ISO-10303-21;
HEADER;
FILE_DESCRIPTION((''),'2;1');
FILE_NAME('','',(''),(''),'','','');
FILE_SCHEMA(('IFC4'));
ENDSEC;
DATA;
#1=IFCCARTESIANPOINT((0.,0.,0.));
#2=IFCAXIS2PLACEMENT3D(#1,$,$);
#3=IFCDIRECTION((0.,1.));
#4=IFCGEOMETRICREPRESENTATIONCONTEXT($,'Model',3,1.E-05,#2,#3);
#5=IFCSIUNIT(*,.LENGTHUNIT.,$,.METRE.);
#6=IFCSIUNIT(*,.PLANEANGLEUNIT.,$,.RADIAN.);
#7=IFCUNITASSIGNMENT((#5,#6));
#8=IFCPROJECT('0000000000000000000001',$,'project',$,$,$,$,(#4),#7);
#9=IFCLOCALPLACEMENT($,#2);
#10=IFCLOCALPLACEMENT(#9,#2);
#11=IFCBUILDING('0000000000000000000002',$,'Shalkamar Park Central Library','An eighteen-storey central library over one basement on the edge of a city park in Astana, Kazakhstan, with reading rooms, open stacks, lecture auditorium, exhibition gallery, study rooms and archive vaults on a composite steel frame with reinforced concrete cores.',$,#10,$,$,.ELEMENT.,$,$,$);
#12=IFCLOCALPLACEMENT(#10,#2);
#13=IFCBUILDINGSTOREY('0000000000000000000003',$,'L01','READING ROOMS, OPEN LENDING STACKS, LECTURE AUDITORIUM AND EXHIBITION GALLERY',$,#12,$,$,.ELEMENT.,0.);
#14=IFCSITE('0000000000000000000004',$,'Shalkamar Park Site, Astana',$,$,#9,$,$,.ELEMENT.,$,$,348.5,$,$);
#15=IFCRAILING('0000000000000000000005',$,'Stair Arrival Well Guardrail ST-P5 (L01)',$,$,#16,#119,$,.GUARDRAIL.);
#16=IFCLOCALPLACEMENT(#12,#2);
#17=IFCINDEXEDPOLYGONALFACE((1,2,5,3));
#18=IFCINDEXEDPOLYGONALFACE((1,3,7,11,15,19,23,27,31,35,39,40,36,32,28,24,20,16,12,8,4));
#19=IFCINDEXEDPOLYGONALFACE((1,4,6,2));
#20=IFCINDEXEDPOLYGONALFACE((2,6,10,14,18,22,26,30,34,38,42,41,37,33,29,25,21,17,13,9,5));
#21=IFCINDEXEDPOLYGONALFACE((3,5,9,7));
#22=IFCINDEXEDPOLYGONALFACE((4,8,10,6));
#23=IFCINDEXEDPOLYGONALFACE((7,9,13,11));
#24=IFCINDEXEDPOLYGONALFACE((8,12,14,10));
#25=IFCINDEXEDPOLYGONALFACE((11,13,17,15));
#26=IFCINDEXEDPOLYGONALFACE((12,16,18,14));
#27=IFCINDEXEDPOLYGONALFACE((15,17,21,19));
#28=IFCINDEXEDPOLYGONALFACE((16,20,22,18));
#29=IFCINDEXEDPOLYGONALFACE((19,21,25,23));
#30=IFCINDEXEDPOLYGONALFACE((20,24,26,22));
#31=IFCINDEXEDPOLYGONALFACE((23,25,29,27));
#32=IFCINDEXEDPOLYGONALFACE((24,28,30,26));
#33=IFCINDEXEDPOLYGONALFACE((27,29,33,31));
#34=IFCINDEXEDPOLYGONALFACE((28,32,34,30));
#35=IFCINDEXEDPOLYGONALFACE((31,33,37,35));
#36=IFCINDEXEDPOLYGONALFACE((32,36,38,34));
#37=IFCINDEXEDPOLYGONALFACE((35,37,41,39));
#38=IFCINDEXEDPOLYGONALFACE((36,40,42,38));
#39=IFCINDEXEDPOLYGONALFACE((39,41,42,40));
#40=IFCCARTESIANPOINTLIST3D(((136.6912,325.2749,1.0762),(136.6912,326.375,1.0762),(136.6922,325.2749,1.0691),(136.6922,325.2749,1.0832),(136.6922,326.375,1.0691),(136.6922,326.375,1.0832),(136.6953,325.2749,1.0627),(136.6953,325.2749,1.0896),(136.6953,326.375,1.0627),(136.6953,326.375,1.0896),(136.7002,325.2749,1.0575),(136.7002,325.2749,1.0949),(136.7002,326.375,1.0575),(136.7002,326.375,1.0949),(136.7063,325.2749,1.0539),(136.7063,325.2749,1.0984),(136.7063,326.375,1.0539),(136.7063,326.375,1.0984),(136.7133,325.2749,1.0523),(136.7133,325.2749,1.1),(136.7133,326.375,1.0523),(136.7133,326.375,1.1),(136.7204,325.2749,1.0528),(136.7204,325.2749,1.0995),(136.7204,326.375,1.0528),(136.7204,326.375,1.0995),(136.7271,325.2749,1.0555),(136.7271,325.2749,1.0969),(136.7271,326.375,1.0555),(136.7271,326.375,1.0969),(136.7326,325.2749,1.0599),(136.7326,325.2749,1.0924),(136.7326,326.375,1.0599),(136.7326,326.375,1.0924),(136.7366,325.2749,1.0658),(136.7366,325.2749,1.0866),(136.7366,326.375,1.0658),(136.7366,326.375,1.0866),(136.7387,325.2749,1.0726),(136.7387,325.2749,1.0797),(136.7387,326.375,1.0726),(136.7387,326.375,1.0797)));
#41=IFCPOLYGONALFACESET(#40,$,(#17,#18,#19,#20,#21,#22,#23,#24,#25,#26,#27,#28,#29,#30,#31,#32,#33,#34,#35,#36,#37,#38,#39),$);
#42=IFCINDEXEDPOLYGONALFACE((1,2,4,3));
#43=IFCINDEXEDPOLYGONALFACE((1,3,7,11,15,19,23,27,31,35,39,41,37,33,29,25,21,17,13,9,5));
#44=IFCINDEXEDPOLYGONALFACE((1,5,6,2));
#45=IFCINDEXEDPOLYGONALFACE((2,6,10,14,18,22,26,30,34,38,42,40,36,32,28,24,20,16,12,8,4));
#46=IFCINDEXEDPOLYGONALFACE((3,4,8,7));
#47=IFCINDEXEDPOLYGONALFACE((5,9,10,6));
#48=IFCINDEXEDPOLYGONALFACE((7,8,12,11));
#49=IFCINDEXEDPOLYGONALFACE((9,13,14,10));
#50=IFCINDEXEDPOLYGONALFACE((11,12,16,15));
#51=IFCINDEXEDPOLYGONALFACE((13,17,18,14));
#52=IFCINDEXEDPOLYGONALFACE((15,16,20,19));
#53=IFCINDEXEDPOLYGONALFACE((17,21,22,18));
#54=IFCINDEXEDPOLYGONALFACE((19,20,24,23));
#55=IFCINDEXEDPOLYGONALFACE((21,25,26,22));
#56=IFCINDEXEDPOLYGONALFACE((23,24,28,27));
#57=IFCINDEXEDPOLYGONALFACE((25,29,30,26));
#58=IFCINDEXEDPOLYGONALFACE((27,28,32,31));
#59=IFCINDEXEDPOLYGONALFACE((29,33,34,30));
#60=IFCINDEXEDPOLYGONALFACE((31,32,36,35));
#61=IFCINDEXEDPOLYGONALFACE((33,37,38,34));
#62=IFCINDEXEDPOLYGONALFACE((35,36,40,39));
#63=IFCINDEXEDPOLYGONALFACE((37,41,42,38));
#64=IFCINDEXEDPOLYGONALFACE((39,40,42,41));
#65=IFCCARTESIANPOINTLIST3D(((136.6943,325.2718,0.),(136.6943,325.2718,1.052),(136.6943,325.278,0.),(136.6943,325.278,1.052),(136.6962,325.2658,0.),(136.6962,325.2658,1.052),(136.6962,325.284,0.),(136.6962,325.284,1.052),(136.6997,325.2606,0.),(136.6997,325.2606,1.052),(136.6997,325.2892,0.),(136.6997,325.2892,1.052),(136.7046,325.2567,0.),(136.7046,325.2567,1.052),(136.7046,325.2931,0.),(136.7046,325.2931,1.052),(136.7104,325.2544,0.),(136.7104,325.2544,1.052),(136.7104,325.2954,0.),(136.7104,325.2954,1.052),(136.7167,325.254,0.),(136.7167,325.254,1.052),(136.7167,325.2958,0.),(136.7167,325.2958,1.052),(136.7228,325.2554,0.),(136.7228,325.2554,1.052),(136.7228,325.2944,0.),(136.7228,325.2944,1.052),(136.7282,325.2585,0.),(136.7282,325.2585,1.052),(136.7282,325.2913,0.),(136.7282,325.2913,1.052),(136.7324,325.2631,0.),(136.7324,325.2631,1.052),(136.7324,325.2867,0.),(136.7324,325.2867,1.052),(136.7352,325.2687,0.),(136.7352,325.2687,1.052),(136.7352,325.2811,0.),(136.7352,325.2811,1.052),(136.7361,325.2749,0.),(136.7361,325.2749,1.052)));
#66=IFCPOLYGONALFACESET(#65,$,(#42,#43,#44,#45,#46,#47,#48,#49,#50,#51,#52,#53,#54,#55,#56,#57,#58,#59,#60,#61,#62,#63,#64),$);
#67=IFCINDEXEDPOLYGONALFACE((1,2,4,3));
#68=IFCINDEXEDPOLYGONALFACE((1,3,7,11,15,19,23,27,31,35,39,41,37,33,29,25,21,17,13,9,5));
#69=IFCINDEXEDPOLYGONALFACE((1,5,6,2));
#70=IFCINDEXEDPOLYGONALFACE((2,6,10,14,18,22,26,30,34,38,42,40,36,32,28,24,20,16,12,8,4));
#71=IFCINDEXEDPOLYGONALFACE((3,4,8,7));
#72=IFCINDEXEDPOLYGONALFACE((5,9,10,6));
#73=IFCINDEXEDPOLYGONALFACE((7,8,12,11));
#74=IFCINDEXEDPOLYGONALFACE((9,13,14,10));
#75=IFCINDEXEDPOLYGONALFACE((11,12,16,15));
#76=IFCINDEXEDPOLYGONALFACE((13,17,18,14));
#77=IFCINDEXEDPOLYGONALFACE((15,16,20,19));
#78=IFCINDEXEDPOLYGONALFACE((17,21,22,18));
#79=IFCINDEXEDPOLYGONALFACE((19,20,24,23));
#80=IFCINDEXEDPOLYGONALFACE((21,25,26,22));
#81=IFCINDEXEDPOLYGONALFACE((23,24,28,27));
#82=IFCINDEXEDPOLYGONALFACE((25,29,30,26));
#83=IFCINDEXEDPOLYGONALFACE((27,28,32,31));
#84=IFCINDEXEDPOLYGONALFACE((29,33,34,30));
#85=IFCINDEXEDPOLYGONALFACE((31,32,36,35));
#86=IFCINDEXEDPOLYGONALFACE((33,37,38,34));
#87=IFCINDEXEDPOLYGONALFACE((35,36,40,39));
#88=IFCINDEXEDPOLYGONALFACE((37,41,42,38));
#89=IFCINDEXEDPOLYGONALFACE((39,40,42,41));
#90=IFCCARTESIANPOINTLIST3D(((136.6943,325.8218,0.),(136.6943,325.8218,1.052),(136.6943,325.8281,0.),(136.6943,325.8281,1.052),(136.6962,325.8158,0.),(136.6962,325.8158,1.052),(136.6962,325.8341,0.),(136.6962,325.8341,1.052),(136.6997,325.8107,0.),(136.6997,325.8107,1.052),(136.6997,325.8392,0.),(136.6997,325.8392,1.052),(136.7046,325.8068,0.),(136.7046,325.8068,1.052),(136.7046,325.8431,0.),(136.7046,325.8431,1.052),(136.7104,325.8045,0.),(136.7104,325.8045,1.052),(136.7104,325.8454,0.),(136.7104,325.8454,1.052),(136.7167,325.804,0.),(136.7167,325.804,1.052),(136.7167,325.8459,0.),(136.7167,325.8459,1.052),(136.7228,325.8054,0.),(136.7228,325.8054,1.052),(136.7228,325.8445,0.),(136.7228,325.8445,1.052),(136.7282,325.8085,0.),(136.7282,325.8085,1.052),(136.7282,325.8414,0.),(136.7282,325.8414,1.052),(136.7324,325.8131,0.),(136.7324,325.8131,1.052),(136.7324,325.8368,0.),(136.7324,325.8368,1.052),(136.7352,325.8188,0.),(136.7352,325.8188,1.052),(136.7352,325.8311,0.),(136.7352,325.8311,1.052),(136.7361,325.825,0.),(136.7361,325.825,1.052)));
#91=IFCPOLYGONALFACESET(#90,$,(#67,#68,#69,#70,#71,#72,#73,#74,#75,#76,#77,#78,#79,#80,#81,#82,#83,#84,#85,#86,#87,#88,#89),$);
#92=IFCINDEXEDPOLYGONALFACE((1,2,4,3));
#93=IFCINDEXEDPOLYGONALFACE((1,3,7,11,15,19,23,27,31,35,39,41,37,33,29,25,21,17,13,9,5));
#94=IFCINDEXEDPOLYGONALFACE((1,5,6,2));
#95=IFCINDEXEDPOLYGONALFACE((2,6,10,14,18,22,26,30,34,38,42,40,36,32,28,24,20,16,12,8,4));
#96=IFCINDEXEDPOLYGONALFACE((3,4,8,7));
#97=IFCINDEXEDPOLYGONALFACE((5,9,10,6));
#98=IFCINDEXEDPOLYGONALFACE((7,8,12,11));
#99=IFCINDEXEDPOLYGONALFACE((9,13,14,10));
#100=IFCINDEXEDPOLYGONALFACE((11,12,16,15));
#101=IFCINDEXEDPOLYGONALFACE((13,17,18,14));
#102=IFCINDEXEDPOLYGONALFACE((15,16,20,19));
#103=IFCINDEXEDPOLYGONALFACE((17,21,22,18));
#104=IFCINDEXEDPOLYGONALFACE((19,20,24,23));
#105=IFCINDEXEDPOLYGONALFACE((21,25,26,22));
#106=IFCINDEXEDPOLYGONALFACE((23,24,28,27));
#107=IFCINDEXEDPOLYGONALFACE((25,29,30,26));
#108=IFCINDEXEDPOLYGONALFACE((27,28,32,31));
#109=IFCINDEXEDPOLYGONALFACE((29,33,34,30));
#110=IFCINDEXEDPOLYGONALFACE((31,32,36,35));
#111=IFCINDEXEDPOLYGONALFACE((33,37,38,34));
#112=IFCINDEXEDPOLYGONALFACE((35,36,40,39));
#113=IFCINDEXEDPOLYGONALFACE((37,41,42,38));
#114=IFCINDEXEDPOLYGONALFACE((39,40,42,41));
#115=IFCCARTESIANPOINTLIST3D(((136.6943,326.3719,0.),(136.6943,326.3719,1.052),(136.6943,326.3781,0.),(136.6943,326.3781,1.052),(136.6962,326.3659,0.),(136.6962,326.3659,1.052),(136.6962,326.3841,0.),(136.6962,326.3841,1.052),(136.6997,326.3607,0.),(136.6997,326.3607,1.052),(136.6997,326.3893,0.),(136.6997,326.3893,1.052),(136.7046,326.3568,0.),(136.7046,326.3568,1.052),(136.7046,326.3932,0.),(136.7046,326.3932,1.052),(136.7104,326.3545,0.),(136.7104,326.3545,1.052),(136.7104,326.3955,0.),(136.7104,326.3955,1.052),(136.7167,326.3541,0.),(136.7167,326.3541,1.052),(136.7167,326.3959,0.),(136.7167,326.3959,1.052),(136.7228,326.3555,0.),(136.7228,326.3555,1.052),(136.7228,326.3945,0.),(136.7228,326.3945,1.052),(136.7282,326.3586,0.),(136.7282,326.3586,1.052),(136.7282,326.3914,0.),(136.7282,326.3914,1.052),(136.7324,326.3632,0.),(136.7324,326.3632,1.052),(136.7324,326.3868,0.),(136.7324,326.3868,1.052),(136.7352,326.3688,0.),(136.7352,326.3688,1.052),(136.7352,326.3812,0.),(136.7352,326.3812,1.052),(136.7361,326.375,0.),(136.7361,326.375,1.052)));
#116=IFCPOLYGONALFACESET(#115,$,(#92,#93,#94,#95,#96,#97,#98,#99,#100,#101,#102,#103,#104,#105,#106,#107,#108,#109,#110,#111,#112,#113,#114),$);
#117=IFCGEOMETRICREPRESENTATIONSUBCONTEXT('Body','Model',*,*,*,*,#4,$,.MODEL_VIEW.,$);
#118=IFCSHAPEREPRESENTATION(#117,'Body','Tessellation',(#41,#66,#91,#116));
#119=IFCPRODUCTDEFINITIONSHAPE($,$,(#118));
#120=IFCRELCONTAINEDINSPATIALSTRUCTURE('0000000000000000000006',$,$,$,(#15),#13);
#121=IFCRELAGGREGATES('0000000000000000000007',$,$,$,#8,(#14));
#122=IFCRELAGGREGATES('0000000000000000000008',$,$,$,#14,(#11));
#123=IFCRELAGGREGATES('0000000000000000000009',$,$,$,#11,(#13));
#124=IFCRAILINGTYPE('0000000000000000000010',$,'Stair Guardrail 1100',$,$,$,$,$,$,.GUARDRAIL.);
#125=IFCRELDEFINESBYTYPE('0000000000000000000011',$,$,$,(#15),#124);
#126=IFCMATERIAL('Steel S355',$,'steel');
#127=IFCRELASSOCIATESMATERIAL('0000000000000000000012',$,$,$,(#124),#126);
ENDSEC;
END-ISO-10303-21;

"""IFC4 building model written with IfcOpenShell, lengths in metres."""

from ifc_helpers import new_model, si_unit, direction, frame, origin, origin_2d, place, context, subcontext, project, spatial, circle, extrude, material, type_object, element, save


model = new_model("IFC4")

# Units and contexts
model_context = context("Model", 3, precision=1e-05, world=origin(), true_north=direction((0.0, 1.0)))
body_context = subcontext(model_context, "Body", "Model", "MODEL_VIEW")
ifc_project = project(units=[si_unit("LENGTHUNIT", "METRE"), si_unit("PLANEANGLEUNIT", "RADIAN")], contexts=[model_context])

# Site, building, storey
site_placement = place(None, origin())
site = spatial("IfcSite", under=ifc_project, at=site_placement, Name="Shalkamar Park Site, Astana", CompositionType="ELEMENT", RefElevation=348.5)
building_placement = place(site_placement, origin())
building = spatial("IfcBuilding", under=site, at=building_placement, Name="Shalkamar Park Central Library", Description="An eighteen-storey central library over one basement on the edge of a city park in Astana, Kazakhstan, with reading rooms, open stacks, lecture auditorium, exhibition gallery, study rooms and archive vaults on a composite steel frame with reinforced concrete cores.", CompositionType="ELEMENT")
storey_placement = place(building_placement, origin())
storey = spatial("IfcBuildingStorey", under=building, at=storey_placement, Name="L01", Description="READING ROOMS, OPEN LENDING STACKS, LECTURE AUDITORIUM AND EXHIBITION GALLERY", CompositionType="ELEMENT", Elevation=0.0)

# Shared definitions
ifc_material_1 = material(Name="Steel S355", Category="steel")

# Railing
railing_type_1 = type_object("IfcRailingType", Name="Stair Guardrail 1100", PredefinedType="GUARDRAIL", material=ifc_material_1)
railing_1_placement = place(storey_placement, frame((136.7151, 325.2749, 0.0)))
element("IfcRailing", 1, at=railing_1_placement, inside=storey, type_object=railing_type_1, Name="Stair Arrival Well Guardrail ST-P5 (L01)", PredefinedType="GUARDRAIL", context=body_context, shape_type="SweptSolid", body=[
    extrude(circle(Radius=0.0239, at=origin_2d()), frame((0.0, 0.0, 1.0762), z_axis=(0.0, 1.0, 0.0), x_axis=(-1.0, 0.0, 0.0)), (0.0, 0.0, 1.0), 1.1001),
    extrude(circle(Radius=0.021, at=origin_2d()), origin(), (0.0, 0.0, 1.0), 1.052),
    extrude(circle(Radius=0.021, at=origin_2d()), frame((0.0, 0.55, 0.0)), (0.0, 0.0, 1.0), 1.052),
    extrude(circle(Radius=0.021, at=origin_2d()), frame((0.0, 1.1001, 0.0)), (0.0, 0.0, 1.0), 1.052),
])

save(model, "model.ifc")
